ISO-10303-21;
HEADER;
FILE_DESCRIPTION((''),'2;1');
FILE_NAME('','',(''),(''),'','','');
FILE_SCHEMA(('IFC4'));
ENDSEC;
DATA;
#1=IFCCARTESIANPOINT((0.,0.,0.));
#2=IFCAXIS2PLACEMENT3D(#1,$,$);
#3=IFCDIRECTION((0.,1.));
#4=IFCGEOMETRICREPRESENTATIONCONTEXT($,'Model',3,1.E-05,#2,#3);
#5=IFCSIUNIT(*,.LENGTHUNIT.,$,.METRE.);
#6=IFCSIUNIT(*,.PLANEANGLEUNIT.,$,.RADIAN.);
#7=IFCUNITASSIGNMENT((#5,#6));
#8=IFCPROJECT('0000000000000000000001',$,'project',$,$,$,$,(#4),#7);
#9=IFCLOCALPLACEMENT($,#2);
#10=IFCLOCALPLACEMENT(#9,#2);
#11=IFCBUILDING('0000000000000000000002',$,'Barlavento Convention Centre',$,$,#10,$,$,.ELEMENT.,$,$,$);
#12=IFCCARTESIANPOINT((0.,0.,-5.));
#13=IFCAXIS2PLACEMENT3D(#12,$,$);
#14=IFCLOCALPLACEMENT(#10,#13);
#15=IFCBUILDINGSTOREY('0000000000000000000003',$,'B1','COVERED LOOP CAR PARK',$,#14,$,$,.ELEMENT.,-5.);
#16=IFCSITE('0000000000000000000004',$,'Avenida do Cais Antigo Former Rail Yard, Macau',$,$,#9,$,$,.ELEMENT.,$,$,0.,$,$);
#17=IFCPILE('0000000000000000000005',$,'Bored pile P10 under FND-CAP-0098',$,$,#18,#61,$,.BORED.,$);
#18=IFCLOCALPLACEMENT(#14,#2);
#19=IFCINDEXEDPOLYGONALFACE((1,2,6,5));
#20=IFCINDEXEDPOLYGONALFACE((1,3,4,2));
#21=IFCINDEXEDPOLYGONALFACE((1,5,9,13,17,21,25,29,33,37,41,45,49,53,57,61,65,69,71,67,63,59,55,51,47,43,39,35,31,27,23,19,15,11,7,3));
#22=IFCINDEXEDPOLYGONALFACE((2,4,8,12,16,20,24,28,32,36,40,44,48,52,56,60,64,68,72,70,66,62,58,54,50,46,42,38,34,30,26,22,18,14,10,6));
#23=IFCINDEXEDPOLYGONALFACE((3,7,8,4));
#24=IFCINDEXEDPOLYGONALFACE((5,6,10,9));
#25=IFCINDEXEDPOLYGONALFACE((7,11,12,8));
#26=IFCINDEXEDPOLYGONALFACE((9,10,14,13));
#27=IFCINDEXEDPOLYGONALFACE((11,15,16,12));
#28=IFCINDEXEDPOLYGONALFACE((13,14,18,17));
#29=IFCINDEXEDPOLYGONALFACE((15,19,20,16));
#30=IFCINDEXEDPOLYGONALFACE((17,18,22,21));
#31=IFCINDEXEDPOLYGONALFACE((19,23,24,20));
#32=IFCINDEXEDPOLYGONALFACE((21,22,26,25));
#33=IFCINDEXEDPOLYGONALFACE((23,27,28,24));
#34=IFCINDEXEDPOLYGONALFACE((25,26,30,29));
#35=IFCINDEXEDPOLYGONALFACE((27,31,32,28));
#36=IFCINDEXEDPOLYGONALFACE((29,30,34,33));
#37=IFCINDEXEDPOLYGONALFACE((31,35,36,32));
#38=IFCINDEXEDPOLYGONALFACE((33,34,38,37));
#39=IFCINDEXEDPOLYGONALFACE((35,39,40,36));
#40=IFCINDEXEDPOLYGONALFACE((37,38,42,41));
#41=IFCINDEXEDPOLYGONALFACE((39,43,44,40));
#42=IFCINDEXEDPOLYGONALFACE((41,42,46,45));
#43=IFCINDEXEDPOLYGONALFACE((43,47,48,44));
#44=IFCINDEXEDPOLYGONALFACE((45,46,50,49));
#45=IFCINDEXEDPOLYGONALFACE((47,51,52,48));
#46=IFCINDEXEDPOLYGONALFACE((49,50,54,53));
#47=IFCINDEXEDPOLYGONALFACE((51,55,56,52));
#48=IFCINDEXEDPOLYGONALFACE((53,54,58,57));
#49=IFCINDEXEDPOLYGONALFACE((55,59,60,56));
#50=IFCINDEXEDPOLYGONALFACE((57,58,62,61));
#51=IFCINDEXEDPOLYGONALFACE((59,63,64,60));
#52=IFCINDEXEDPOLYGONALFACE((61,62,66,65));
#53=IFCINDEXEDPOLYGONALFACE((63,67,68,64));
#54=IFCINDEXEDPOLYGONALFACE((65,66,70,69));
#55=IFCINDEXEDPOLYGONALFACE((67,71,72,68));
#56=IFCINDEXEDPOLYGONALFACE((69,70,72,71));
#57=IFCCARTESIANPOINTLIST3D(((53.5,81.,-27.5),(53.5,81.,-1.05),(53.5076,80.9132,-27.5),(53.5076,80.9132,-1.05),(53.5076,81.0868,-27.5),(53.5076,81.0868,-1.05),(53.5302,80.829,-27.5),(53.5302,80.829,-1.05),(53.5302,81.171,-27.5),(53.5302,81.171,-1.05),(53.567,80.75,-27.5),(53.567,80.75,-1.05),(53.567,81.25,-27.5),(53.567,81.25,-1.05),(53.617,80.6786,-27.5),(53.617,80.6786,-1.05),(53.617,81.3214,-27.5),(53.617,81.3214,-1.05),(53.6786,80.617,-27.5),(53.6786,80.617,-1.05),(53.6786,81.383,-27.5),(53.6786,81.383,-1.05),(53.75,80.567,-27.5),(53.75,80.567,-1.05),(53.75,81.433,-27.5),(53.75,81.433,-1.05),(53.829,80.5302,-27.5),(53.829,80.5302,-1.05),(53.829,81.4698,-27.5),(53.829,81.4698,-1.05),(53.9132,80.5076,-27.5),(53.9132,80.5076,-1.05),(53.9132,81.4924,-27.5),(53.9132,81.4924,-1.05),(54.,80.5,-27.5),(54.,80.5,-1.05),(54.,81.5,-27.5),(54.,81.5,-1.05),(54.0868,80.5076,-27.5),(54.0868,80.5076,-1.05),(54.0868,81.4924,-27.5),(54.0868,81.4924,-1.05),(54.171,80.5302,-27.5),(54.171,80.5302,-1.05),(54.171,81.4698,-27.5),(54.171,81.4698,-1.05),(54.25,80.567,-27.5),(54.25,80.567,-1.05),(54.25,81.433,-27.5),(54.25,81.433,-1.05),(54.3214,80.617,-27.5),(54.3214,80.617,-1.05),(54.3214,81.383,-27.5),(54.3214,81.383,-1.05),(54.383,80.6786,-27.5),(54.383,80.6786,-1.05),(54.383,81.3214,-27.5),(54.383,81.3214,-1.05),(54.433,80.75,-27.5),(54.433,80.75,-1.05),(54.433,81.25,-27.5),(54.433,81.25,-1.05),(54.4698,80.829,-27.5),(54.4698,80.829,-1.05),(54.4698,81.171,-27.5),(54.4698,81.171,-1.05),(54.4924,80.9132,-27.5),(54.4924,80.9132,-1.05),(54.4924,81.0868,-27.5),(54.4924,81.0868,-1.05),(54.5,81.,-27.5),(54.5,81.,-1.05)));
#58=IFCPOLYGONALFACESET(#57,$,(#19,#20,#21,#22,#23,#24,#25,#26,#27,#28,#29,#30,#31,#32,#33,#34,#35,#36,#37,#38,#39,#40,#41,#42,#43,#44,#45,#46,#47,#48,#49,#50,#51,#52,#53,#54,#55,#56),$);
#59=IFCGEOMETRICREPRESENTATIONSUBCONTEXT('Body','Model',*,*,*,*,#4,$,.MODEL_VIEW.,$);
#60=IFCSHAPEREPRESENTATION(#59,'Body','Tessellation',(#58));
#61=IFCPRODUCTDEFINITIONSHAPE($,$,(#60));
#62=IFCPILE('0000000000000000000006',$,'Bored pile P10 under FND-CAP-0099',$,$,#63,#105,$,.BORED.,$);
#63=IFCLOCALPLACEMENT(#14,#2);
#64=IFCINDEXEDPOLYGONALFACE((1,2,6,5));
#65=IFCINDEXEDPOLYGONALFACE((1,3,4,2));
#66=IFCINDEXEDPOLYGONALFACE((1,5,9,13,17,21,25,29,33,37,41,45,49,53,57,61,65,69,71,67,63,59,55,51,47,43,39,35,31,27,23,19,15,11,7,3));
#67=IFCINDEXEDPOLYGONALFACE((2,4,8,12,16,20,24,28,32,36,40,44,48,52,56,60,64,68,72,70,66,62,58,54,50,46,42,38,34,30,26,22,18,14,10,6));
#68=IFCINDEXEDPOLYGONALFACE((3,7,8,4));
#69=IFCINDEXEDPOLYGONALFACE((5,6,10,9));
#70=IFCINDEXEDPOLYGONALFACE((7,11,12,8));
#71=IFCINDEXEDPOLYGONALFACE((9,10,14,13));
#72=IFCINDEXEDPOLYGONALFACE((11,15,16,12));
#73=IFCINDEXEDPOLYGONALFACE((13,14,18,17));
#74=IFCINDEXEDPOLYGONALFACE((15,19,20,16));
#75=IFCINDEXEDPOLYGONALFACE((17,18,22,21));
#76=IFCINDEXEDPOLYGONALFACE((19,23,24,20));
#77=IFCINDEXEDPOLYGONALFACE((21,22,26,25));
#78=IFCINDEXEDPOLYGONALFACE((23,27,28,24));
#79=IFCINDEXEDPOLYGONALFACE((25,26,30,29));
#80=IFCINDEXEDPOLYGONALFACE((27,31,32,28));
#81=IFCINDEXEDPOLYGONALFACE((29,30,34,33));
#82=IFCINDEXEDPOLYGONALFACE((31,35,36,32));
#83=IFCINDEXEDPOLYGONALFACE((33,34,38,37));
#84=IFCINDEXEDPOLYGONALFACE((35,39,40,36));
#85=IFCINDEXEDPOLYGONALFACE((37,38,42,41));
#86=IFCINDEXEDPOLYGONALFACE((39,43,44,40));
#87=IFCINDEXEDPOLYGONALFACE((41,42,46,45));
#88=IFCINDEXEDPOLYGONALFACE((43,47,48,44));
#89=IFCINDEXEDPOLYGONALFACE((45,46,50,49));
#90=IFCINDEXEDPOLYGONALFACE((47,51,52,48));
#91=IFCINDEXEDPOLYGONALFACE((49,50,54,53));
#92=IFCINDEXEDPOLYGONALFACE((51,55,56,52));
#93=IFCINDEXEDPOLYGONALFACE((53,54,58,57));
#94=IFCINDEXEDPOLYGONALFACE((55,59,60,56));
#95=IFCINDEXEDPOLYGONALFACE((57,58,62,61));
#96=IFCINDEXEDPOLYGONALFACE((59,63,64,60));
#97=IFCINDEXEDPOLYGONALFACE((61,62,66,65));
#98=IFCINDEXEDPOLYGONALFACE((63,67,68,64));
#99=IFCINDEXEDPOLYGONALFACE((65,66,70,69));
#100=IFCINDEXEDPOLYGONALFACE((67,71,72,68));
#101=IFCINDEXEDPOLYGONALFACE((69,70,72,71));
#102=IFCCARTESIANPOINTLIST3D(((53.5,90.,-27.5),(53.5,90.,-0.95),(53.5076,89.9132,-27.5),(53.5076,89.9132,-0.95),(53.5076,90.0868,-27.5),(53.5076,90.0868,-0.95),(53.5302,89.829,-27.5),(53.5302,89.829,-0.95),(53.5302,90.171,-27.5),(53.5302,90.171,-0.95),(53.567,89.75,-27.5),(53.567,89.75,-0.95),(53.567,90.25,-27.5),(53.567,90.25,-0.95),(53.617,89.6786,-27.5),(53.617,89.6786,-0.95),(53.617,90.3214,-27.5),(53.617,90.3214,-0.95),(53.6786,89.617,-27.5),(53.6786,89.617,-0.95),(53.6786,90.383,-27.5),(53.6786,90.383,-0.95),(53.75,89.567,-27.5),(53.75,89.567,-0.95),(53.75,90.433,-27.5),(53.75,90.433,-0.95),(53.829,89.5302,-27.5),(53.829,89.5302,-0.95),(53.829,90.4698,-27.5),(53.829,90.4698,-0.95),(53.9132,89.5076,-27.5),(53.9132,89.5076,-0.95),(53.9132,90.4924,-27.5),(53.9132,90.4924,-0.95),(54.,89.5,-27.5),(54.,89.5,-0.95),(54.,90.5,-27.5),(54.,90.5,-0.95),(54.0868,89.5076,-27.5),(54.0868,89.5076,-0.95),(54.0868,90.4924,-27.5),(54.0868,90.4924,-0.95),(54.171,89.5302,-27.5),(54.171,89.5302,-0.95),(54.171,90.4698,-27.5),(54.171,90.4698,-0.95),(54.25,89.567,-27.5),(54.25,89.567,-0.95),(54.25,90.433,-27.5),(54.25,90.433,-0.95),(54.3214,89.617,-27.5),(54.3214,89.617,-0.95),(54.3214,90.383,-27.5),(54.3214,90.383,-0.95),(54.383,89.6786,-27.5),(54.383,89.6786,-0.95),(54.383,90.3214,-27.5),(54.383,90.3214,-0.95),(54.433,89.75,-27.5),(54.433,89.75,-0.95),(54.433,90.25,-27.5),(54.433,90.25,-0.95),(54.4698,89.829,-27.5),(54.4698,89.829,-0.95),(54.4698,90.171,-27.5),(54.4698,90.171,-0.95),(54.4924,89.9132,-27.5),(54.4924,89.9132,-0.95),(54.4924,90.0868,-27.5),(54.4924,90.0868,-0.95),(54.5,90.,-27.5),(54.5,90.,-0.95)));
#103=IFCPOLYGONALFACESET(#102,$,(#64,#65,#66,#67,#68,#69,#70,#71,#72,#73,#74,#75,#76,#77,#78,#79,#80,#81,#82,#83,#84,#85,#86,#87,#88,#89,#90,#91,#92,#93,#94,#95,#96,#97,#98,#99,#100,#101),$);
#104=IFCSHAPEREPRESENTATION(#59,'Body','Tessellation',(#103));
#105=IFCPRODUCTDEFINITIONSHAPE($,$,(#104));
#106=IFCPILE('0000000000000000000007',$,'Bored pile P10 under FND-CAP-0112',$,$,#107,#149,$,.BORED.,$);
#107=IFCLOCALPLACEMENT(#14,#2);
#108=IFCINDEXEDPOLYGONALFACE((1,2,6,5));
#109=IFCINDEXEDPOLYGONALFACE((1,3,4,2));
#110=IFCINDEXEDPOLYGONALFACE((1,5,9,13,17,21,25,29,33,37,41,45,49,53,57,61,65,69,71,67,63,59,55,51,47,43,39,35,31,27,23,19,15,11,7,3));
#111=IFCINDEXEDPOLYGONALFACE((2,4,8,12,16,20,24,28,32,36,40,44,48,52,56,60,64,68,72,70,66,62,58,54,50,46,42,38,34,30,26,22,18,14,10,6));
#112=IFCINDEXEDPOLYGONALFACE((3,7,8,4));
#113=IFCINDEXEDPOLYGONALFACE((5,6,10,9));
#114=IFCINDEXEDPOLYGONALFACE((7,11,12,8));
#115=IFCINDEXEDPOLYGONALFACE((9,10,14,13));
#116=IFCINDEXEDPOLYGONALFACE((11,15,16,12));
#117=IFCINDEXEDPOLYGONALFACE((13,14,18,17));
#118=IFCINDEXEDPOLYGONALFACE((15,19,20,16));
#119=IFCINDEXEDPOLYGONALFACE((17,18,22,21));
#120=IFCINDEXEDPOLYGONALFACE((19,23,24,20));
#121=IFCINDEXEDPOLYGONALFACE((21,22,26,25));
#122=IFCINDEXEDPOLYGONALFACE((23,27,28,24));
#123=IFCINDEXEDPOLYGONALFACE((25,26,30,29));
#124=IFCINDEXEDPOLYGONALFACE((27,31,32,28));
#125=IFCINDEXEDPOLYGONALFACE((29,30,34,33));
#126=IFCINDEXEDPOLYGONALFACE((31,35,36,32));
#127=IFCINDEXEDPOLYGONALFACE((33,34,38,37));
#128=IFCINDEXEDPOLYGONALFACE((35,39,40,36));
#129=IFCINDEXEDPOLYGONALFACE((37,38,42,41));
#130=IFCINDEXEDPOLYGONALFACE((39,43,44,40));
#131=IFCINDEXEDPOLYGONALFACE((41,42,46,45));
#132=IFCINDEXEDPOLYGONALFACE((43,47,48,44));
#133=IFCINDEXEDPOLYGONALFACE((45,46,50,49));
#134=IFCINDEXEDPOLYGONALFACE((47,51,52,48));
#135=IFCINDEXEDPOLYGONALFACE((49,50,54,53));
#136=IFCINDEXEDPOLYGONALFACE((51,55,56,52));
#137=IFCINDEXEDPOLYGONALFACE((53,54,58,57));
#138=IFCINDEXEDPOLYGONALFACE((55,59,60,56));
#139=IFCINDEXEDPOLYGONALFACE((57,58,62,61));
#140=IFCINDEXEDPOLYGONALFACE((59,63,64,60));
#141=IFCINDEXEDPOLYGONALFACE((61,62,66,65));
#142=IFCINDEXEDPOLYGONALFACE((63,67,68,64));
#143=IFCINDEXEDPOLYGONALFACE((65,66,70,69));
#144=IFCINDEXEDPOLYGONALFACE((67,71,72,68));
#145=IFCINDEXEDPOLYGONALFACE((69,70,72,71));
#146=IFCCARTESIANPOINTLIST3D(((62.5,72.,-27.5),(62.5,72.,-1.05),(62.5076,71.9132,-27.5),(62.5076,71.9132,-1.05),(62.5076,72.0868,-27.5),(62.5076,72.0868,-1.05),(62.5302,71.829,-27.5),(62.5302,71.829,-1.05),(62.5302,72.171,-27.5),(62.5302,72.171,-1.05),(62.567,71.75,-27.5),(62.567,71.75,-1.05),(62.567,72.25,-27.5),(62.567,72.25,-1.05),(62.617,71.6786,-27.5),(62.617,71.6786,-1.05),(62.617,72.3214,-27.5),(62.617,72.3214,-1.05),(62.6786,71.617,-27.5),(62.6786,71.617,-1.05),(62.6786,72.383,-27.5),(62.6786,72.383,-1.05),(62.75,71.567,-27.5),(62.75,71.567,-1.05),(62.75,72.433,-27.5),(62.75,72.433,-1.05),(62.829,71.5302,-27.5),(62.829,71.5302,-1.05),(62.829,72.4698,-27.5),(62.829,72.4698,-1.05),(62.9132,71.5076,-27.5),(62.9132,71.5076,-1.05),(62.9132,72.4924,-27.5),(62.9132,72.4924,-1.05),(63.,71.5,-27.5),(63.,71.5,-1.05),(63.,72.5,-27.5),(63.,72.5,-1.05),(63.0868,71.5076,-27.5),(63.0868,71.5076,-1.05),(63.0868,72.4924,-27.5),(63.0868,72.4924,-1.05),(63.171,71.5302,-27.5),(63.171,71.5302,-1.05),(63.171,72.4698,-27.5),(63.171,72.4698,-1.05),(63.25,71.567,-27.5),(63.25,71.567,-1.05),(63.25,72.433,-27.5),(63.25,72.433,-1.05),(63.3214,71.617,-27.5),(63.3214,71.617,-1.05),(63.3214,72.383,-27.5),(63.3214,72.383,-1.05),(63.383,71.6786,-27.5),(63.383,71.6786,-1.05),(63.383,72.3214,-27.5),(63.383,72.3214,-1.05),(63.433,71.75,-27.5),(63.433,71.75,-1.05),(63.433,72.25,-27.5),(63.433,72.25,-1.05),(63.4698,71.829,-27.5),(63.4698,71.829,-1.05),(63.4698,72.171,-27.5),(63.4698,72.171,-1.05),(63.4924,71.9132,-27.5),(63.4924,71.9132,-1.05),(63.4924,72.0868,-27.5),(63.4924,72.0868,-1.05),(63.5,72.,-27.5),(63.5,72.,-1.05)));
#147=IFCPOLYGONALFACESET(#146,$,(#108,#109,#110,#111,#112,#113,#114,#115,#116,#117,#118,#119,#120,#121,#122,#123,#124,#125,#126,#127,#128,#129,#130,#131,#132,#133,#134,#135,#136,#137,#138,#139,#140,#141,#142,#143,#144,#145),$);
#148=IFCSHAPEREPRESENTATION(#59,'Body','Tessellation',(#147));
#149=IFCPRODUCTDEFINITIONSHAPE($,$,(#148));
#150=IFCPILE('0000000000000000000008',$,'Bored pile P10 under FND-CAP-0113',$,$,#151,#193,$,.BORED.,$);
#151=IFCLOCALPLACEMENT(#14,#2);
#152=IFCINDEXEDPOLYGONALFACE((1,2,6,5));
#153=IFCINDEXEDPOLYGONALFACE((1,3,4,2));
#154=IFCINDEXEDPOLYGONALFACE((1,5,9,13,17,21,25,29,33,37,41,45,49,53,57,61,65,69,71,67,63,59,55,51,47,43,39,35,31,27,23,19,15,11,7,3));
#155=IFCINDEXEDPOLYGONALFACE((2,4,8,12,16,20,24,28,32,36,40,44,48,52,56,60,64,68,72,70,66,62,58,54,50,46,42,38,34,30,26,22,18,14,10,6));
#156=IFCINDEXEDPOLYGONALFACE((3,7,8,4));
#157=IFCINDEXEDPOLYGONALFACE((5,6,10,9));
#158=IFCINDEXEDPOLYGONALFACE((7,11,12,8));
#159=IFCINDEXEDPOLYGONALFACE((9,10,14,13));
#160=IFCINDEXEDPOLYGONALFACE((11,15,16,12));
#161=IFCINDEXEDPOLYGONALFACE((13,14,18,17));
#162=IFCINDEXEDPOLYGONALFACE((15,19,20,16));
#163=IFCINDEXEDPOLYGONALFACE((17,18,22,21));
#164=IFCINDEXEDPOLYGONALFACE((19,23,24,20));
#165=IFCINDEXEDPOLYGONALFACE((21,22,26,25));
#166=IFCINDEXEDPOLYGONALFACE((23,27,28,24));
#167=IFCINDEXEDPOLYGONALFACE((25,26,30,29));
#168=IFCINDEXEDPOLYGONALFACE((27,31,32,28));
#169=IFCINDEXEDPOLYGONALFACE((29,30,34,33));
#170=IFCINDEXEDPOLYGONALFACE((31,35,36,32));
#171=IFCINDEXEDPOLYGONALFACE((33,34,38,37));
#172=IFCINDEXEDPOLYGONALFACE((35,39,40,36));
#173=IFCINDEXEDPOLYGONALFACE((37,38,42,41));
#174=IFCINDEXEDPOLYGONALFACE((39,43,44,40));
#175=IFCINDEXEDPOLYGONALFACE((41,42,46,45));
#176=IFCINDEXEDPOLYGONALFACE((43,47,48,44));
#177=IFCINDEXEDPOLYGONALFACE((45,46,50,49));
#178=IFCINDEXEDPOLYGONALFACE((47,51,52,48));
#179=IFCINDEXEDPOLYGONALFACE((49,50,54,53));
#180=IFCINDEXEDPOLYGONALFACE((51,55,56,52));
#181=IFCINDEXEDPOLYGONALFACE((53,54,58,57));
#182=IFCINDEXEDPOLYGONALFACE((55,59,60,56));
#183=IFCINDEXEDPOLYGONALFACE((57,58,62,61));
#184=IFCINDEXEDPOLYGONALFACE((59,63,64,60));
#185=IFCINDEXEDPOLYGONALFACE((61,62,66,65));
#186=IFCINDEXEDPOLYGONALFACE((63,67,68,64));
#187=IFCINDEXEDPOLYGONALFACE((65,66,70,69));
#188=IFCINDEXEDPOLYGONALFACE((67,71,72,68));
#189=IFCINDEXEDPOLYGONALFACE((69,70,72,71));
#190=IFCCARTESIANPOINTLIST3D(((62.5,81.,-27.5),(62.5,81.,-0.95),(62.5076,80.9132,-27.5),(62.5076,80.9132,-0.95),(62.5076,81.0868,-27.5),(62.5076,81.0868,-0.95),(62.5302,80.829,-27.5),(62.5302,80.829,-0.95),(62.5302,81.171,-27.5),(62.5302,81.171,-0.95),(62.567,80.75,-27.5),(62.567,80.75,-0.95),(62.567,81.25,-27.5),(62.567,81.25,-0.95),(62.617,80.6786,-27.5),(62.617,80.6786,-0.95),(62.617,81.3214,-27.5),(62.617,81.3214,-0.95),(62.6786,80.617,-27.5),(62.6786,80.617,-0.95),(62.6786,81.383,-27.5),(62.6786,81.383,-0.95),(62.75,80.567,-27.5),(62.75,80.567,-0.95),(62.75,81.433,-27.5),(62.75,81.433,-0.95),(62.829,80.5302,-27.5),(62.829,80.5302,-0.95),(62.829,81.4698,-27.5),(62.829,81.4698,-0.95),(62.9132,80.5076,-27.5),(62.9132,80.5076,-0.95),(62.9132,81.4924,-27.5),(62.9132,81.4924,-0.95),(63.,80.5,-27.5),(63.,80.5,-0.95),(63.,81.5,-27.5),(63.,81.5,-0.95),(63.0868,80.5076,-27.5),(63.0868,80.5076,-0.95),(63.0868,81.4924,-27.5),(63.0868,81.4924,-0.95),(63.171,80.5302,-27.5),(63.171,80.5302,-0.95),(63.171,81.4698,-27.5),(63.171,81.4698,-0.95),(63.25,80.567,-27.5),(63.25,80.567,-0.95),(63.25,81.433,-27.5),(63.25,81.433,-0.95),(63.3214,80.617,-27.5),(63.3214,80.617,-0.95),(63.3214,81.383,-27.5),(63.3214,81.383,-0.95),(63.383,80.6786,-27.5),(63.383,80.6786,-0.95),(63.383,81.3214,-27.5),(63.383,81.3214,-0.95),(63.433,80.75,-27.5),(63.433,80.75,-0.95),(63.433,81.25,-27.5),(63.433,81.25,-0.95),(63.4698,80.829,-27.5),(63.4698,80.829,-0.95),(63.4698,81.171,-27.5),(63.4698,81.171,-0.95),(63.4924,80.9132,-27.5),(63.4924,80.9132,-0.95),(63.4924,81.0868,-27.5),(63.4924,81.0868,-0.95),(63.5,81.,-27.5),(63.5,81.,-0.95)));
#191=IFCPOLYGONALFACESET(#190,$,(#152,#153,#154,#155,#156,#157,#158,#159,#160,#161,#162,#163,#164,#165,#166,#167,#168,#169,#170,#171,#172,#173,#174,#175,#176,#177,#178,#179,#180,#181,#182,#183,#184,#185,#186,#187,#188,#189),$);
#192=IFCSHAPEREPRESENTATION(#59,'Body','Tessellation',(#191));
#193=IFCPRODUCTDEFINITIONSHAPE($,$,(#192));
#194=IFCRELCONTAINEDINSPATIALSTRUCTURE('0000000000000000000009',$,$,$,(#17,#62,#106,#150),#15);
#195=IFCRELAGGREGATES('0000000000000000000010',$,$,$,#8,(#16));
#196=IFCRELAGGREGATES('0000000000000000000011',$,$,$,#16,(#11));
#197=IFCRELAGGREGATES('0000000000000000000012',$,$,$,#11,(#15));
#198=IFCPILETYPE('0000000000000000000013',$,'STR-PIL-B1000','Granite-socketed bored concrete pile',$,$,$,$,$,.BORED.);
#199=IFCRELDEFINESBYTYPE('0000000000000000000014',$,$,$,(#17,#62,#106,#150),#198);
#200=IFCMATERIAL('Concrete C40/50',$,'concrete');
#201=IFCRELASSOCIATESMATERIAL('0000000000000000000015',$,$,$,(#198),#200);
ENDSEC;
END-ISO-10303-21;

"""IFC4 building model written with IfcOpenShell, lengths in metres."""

from ifc_helpers import new_model, si_unit, direction, frame, origin, origin_2d, place, context, subcontext, project, spatial, circle, extrude, material, material_profile, profile_set, type_object, element, save


model = new_model("IFC4")

# Units and contexts
model_context = context("Model", 3, precision=1e-05, world=origin(), true_north=direction((0.0, 1.0)))
body_context = subcontext(model_context, "Body", "Model", "MODEL_VIEW")
ifc_project = project(units=[si_unit("LENGTHUNIT", "METRE"), si_unit("PLANEANGLEUNIT", "RADIAN")], contexts=[model_context])

# Site, building, storey
site_placement = place(None, origin())
site = spatial("IfcSite", under=ifc_project, at=site_placement, Name="Avenida do Cais Antigo Former Rail Yard, Macau", CompositionType="ELEMENT", RefElevation=0.0)
building_placement = place(site_placement, origin())
building = spatial("IfcBuilding", under=site, at=building_placement, Name="Barlavento Convention Centre", CompositionType="ELEMENT")
storey_placement = place(building_placement, frame((0.0, 0.0, -5.0)))
storey = spatial("IfcBuildingStorey", under=building, at=storey_placement, Name="B1", Description="COVERED LOOP CAR PARK", CompositionType="ELEMENT", Elevation=-5.0)

# Shared definitions
ifc_material_1 = material(Name="Concrete C40/50", Category="concrete")

# Piles
ifc_material_profile_1 = material_profile(ifc_material_1, circle(Radius=0.5, at=origin_2d()), Name="BORED PILE 1000")
ifc_profile_set_1 = profile_set([ifc_material_profile_1], Name="Concrete C40/50")
pile_type = type_object("IfcPileType", Name="STR-PIL-B1000", Description="Granite-socketed bored concrete pile", PredefinedType="BORED", material=ifc_profile_set_1)
pile_1_placement = place(storey_placement, frame((54.0, 81.0, -1.05), z_axis=(0.0, 0.0, -1.0), x_axis=(1.0, 0.0, 0.0)))
element("IfcPile", 1, at=pile_1_placement, inside=storey, type_object=pile_type, Name="Bored pile P10 under FND-CAP-0098", PredefinedType="BORED", context=body_context, shape_type="SweptSolid", body=[
    extrude(circle(Radius=0.5, at=origin_2d()), origin(), (0.0, 0.0, 1.0), 26.45),
])
pile_2_placement = place(storey_placement, frame((54.0, 90.0, -0.95), z_axis=(0.0, 0.0, -1.0), x_axis=(1.0, 0.0, 0.0)))
element("IfcPile", 2, at=pile_2_placement, inside=storey, type_object=pile_type, Name="Bored pile P10 under FND-CAP-0099", PredefinedType="BORED", context=body_context, shape_type="SweptSolid", body=[
    extrude(circle(Radius=0.5, at=origin_2d()), origin(), (0.0, 0.0, 1.0), 26.55),
])
pile_3_placement = place(storey_placement, frame((63.0, 72.0, -1.05), z_axis=(0.0, 0.0, -1.0), x_axis=(1.0, 0.0, 0.0)))
element("IfcPile", 3, at=pile_3_placement, inside=storey, type_object=pile_type, Name="Bored pile P10 under FND-CAP-0112", PredefinedType="BORED", context=body_context, shape_type="SweptSolid", body=[
    extrude(circle(Radius=0.5, at=origin_2d()), origin(), (0.0, 0.0, 1.0), 26.45),
])
pile_4_placement = place(storey_placement, frame((63.0, 81.0, -0.95), z_axis=(0.0, 0.0, -1.0), x_axis=(1.0, 0.0, 0.0)))
element("IfcPile", 4, at=pile_4_placement, inside=storey, type_object=pile_type, Name="Bored pile P10 under FND-CAP-0113", PredefinedType="BORED", context=body_context, shape_type="SweptSolid", body=[
    extrude(circle(Radius=0.5, at=origin_2d()), origin(), (0.0, 0.0, 1.0), 26.55),
])

save(model, "model.ifc")
